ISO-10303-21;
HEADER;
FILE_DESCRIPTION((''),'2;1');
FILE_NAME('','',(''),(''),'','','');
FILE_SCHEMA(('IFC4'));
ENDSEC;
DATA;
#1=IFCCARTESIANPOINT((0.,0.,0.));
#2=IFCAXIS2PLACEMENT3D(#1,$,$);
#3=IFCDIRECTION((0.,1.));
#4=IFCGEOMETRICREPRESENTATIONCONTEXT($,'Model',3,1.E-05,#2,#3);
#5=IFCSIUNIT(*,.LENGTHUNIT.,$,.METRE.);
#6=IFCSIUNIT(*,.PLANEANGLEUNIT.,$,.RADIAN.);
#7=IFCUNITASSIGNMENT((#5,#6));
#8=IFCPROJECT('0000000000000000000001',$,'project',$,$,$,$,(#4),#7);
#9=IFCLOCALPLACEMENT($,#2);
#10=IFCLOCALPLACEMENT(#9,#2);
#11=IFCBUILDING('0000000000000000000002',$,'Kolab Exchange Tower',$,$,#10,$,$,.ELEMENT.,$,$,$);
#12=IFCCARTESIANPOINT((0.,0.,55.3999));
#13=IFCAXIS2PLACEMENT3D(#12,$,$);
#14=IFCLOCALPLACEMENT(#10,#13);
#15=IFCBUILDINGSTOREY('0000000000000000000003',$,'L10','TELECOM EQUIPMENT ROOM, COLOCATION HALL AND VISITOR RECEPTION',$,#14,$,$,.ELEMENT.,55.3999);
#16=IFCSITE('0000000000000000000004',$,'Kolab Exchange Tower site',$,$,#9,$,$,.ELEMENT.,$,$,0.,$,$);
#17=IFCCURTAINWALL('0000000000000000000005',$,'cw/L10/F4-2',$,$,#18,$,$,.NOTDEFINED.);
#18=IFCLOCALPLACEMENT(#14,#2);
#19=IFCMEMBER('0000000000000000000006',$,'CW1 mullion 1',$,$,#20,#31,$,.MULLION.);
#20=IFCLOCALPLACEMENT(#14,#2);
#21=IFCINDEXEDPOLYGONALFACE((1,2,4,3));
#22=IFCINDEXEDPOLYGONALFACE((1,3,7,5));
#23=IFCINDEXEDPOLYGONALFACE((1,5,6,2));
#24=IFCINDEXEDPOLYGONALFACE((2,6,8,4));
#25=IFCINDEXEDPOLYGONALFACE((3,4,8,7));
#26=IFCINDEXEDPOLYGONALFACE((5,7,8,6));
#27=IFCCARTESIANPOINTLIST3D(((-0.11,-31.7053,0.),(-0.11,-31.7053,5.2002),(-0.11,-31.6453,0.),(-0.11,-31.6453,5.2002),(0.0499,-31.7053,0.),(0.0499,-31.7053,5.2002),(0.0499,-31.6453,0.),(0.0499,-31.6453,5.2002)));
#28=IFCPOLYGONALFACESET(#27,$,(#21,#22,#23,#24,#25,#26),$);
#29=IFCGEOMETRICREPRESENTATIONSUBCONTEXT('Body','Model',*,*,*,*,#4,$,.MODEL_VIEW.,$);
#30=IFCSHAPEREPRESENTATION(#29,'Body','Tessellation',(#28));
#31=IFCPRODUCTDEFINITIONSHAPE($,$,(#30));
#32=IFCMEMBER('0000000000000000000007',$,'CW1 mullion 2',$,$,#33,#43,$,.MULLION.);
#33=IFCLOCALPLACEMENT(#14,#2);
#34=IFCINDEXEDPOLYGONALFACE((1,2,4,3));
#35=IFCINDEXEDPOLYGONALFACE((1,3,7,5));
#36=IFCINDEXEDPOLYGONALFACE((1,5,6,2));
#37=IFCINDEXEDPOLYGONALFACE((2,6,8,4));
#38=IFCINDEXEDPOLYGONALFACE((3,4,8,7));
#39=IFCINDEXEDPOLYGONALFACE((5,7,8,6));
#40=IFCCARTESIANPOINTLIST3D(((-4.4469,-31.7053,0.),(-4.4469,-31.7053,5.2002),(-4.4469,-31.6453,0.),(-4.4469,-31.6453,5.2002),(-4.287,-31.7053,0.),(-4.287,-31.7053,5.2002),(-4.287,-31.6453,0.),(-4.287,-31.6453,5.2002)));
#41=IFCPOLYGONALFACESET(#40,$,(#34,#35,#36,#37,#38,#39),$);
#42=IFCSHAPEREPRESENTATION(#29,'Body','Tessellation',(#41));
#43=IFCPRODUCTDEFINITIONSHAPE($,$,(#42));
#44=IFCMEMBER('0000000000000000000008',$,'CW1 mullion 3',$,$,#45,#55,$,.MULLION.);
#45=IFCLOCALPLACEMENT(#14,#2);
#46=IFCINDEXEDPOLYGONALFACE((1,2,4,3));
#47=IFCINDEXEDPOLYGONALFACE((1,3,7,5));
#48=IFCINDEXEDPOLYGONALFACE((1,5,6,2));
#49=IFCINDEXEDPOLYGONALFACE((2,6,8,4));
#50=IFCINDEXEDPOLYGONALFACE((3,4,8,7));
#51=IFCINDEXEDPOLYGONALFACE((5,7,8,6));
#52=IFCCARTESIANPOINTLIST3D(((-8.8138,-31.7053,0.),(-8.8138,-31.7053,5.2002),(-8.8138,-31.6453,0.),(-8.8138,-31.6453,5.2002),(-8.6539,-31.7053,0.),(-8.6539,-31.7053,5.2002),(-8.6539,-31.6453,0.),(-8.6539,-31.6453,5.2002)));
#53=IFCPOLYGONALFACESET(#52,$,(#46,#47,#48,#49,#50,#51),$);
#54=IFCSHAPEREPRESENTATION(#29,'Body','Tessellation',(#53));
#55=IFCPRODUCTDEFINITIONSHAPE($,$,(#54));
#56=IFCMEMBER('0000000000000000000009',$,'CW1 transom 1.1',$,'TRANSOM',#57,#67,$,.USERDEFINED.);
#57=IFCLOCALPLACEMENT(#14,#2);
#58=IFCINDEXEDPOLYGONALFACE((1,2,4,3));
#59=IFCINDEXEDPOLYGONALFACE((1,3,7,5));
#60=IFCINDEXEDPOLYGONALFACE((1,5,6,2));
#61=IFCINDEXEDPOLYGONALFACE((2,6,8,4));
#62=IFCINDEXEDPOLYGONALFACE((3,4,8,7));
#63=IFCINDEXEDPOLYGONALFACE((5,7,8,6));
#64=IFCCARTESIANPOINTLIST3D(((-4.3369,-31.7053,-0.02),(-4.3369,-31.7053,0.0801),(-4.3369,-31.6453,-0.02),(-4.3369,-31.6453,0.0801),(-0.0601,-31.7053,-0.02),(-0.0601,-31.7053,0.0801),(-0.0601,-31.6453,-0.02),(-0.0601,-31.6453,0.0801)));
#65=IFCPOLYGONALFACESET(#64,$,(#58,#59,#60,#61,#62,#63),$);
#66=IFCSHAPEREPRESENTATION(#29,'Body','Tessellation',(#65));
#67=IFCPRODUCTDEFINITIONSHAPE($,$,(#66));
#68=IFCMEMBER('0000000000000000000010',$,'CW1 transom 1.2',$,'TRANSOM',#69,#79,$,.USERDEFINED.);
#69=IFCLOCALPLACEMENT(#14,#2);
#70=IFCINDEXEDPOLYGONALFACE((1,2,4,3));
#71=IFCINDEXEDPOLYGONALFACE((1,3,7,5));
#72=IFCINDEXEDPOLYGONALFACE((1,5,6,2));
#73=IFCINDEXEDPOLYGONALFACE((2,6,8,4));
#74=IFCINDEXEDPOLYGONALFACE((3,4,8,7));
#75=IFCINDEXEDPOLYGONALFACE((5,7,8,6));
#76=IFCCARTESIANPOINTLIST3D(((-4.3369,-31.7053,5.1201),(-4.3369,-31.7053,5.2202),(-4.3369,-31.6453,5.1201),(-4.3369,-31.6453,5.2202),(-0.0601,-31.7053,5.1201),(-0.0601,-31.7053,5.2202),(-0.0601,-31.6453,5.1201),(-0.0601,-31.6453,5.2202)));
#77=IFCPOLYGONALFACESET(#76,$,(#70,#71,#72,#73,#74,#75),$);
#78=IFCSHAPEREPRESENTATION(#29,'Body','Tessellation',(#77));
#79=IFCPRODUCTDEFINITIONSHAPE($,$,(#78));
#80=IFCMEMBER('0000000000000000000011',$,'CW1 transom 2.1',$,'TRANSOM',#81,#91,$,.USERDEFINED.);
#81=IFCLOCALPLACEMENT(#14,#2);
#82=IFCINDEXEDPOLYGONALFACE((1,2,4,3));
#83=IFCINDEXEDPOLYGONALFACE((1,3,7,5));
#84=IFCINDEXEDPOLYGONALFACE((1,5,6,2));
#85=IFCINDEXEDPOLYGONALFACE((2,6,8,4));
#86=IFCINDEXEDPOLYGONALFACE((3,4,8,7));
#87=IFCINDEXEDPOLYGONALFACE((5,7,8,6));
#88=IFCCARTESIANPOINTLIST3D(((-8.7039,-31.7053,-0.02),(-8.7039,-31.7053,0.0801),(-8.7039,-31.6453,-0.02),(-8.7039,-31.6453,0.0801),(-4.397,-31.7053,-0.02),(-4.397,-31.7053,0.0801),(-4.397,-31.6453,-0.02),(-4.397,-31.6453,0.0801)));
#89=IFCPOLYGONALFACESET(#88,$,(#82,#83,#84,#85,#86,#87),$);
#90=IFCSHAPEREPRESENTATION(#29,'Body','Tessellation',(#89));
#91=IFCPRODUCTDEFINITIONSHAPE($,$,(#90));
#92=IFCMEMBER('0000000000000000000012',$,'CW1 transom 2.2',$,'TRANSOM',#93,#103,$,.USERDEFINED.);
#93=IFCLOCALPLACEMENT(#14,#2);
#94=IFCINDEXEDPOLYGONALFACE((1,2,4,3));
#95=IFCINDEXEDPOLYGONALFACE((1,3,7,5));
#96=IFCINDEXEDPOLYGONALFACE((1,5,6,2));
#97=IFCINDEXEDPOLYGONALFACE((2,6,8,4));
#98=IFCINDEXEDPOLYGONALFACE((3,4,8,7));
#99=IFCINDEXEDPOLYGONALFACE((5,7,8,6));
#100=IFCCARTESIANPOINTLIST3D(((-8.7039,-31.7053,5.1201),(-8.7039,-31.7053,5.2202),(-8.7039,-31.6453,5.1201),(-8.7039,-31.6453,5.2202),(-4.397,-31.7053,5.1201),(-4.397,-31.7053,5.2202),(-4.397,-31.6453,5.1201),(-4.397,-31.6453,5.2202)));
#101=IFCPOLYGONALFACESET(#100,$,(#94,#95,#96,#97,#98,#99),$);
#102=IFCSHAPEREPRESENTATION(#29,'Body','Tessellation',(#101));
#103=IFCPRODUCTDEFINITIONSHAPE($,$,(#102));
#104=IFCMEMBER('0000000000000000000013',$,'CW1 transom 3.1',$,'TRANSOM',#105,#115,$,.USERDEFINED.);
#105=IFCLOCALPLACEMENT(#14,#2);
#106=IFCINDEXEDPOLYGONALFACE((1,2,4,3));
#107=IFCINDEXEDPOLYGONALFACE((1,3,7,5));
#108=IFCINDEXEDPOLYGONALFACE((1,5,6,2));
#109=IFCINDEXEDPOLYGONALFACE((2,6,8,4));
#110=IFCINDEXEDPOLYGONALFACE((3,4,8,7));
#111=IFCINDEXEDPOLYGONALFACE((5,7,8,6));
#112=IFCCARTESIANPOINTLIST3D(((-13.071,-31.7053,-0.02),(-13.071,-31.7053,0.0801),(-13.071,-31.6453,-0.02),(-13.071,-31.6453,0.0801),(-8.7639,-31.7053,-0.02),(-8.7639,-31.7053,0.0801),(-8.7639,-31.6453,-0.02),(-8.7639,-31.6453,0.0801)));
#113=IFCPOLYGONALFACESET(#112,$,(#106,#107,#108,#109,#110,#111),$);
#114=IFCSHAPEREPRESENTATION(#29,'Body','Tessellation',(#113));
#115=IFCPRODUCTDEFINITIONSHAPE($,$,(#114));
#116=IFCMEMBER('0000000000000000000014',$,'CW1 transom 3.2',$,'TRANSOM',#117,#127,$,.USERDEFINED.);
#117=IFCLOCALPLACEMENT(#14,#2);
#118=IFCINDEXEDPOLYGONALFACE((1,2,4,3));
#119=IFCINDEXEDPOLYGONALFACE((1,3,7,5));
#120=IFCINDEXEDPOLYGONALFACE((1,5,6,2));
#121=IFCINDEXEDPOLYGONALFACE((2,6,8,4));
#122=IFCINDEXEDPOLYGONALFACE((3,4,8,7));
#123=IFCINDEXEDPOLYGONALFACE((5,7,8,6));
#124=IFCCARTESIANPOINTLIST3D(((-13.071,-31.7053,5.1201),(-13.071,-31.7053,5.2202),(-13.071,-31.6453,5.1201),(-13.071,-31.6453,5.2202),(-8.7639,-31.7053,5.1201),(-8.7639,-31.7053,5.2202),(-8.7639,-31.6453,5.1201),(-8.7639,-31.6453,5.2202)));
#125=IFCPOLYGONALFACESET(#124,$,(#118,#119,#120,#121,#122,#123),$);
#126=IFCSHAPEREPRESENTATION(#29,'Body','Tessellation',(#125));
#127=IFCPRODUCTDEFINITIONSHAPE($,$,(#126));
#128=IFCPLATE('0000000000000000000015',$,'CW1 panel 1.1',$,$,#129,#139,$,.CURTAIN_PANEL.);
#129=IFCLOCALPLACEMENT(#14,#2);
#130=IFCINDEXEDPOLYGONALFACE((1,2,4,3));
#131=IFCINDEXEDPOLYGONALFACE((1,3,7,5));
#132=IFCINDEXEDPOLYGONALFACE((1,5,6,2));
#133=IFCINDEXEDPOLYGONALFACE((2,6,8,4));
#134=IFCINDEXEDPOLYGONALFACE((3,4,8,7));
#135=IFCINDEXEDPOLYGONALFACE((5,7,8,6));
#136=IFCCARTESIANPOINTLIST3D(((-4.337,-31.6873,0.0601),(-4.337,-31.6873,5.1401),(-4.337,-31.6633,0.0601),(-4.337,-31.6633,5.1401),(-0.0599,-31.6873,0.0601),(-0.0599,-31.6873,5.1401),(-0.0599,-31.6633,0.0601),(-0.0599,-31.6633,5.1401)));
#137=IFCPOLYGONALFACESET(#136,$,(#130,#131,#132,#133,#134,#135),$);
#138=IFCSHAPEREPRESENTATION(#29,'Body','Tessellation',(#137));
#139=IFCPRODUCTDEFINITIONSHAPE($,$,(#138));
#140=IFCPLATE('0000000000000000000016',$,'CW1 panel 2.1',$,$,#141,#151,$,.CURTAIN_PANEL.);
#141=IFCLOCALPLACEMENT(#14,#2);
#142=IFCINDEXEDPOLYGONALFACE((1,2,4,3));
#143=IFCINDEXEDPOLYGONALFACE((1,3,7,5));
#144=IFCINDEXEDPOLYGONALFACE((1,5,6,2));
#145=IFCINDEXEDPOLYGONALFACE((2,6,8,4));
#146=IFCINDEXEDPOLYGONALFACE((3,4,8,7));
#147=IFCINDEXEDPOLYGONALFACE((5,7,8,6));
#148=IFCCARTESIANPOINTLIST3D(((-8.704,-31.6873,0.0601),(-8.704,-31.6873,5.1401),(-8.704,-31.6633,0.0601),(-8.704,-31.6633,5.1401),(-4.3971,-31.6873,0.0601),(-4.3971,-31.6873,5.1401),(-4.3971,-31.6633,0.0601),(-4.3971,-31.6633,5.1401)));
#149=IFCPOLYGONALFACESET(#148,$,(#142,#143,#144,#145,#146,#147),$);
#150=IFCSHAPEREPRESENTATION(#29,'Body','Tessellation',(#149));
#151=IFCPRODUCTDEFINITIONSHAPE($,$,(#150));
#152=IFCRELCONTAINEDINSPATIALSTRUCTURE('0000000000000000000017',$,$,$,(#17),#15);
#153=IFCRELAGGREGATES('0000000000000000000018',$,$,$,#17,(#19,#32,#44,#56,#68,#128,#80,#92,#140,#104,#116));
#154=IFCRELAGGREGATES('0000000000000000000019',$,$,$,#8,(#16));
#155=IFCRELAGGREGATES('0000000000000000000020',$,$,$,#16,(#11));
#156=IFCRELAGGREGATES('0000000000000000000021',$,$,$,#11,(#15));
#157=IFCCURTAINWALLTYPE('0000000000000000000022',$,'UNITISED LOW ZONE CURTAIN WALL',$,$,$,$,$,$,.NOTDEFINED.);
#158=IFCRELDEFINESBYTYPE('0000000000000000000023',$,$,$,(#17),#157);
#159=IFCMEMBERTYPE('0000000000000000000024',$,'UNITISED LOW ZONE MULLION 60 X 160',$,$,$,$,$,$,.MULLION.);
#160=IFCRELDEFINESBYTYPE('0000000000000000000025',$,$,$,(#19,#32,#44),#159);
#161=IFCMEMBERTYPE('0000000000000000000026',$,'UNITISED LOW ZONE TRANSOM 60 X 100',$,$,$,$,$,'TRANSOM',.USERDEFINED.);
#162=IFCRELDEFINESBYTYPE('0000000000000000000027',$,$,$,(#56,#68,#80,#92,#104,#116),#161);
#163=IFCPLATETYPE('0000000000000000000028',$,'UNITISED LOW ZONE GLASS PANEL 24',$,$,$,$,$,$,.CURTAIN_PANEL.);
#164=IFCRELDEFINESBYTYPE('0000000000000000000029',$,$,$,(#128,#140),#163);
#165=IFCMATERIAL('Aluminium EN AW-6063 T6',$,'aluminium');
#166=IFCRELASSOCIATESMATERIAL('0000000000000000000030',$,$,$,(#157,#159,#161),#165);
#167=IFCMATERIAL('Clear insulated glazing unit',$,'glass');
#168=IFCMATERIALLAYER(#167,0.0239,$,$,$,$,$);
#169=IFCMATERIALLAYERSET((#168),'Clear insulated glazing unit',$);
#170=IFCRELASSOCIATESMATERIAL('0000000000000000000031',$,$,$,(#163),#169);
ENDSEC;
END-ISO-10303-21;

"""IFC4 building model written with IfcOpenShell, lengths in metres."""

from ifc_helpers import new_model, si_unit, direction, frame, origin, origin_2d, place, context, subcontext, project, spatial, rectangle, extrude, material, layer, layer_set, material_profile, profile_set, type_object, element, aggregate, save


model = new_model("IFC4")

# Units and contexts
model_context = context("Model", 3, precision=1e-05, world=origin(), true_north=direction((0.0, 1.0)))
body_context = subcontext(model_context, "Body", "Model", "MODEL_VIEW")
ifc_project = project(units=[si_unit("LENGTHUNIT", "METRE"), si_unit("PLANEANGLEUNIT", "RADIAN")], contexts=[model_context])

# Site, building, storey
site_placement = place(None, origin())
site = spatial("IfcSite", under=ifc_project, at=site_placement, Name="Kolab Exchange Tower site", CompositionType="ELEMENT", RefElevation=0.0)
building_placement = place(site_placement, origin())
building = spatial("IfcBuilding", under=site, at=building_placement, Name="Kolab Exchange Tower", CompositionType="ELEMENT")
storey_placement = place(building_placement, frame((0.0, 0.0, 55.3999)))
storey = spatial("IfcBuildingStorey", under=building, at=storey_placement, Name="L10", Description="TELECOM EQUIPMENT ROOM, COLOCATION HALL AND VISITOR RECEPTION", CompositionType="ELEMENT", Elevation=55.3999)

# Curtain wall, members, plates
ifc_material_1 = material(Name="Aluminium EN AW-6063 T6", Category="aluminium")
curtain_wall_type = type_object("IfcCurtainWallType", Name="UNITISED LOW ZONE CURTAIN WALL", PredefinedType="NOTDEFINED", material=ifc_material_1)
curtain_wall_placement = place(storey_placement, origin())
curtain_wall = element("IfcCurtainWall", 1, at=curtain_wall_placement, inside=storey, type_object=curtain_wall_type, Name="cw/L10/F4-2", PredefinedType="NOTDEFINED")
ifc_material_profile_1 = material_profile(ifc_material_1, rectangle(XDim=0.0601, YDim=0.1599, at=origin_2d()), Name="RECT 60X160")
ifc_profile_set_1 = profile_set([ifc_material_profile_1], Name="Aluminium EN AW-6063 T6")
member_type_1 = type_object("IfcMemberType", Name="UNITISED LOW ZONE MULLION 60 X 160", PredefinedType="MULLION", material=ifc_profile_set_1)
member_1_placement = place(storey_placement, frame((-0.03, -31.6753, 0.0), z_axis=(0.0, 0.0, 1.0), x_axis=(0.0, -1.0, 0.0)))
member_1 = element("IfcMember", 2, at=member_1_placement, type_object=member_type_1, Name="CW1 mullion 1", PredefinedType="MULLION", context=body_context, shape_type="SweptSolid", body=[
    extrude(rectangle(XDim=0.0601, YDim=0.1599, at=origin_2d()), origin(), (0.0, 0.0, 1.0), 5.2002),
])
member_2_placement = place(storey_placement, frame((-4.3669, -31.6753, 0.0), z_axis=(0.0, 0.0, 1.0), x_axis=(0.0, -1.0, 0.0)))
member_2 = element("IfcMember", 3, at=member_2_placement, type_object=member_type_1, Name="CW1 mullion 2", PredefinedType="MULLION", context=body_context, shape_type="SweptSolid", body=[
    extrude(rectangle(XDim=0.0601, YDim=0.1599, at=origin_2d()), origin(), (0.0, 0.0, 1.0), 5.2002),
])
member_3_placement = place(storey_placement, frame((-8.7339, -31.6753, 0.0), z_axis=(0.0, 0.0, 1.0), x_axis=(0.0, -1.0, 0.0)))
member_3 = element("IfcMember", 4, at=member_3_placement, type_object=member_type_1, Name="CW1 mullion 3", PredefinedType="MULLION", context=body_context, shape_type="SweptSolid", body=[
    extrude(rectangle(XDim=0.0601, YDim=0.1599, at=origin_2d()), origin(), (0.0, 0.0, 1.0), 5.2002),
])
ifc_material_profile_2 = material_profile(ifc_material_1, rectangle(XDim=0.0601, YDim=0.1001, at=origin_2d()), Name="RECT 60X100")
ifc_profile_set_2 = profile_set([ifc_material_profile_2], Name="Aluminium EN AW-6063 T6")
member_type_2 = type_object("IfcMemberType", Name="UNITISED LOW ZONE TRANSOM 60 X 100", ElementType="TRANSOM", PredefinedType="USERDEFINED", material=ifc_profile_set_2)
member_4_placement = place(storey_placement, frame((-0.0601, -31.6753, 0.03), z_axis=(-1.0, 0.0, 0.0), x_axis=(0.0, -1.0, 0.0)))
member_4 = element("IfcMember", 5, at=member_4_placement, type_object=member_type_2, Name="CW1 transom 1.1", ObjectType="TRANSOM", PredefinedType="USERDEFINED", context=body_context, shape_type="SweptSolid", body=[
    extrude(rectangle(XDim=0.0601, YDim=0.1001, at=origin_2d()), origin(), (0.0, 0.0, 1.0), 4.2769),
])
member_5_placement = place(storey_placement, frame((-0.0601, -31.6753, 5.1702), z_axis=(-1.0, 0.0, 0.0), x_axis=(0.0, -1.0, 0.0)))
member_5 = element("IfcMember", 6, at=member_5_placement, type_object=member_type_2, Name="CW1 transom 1.2", ObjectType="TRANSOM", PredefinedType="USERDEFINED", context=body_context, shape_type="SweptSolid", body=[
    extrude(rectangle(XDim=0.0601, YDim=0.1001, at=origin_2d()), origin(), (0.0, 0.0, 1.0), 4.2769),
])
member_6_placement = place(storey_placement, frame((-4.397, -31.6753, 0.03), z_axis=(-1.0, 0.0, 0.0), x_axis=(0.0, -1.0, 0.0)))
member_6 = element("IfcMember", 7, at=member_6_placement, type_object=member_type_2, Name="CW1 transom 2.1", ObjectType="TRANSOM", PredefinedType="USERDEFINED", context=body_context, shape_type="SweptSolid", body=[
    extrude(rectangle(XDim=0.0601, YDim=0.1001, at=origin_2d()), origin(), (0.0, 0.0, 1.0), 4.3069),
])
member_7_placement = place(storey_placement, frame((-4.397, -31.6753, 5.1702), z_axis=(-1.0, 0.0, 0.0), x_axis=(0.0, -1.0, 0.0)))
member_7 = element("IfcMember", 8, at=member_7_placement, type_object=member_type_2, Name="CW1 transom 2.2", ObjectType="TRANSOM", PredefinedType="USERDEFINED", context=body_context, shape_type="SweptSolid", body=[
    extrude(rectangle(XDim=0.0601, YDim=0.1001, at=origin_2d()), origin(), (0.0, 0.0, 1.0), 4.3069),
])
member_8_placement = place(storey_placement, frame((-8.7639, -31.6753, 0.03), z_axis=(-1.0, 0.0, 0.0), x_axis=(0.0, -1.0, 0.0)))
member_8 = element("IfcMember", 9, at=member_8_placement, type_object=member_type_2, Name="CW1 transom 3.1", ObjectType="TRANSOM", PredefinedType="USERDEFINED", context=body_context, shape_type="SweptSolid", body=[
    extrude(rectangle(XDim=0.0601, YDim=0.1001, at=origin_2d()), origin(), (0.0, 0.0, 1.0), 4.3071),
])
member_9_placement = place(storey_placement, frame((-8.7639, -31.6753, 5.1702), z_axis=(-1.0, 0.0, 0.0), x_axis=(0.0, -1.0, 0.0)))
member_9 = element("IfcMember", 10, at=member_9_placement, type_object=member_type_2, Name="CW1 transom 3.2", ObjectType="TRANSOM", PredefinedType="USERDEFINED", context=body_context, shape_type="SweptSolid", body=[
    extrude(rectangle(XDim=0.0601, YDim=0.1001, at=origin_2d()), origin(), (0.0, 0.0, 1.0), 4.3071),
])
ifc_material_2 = material(Name="Clear insulated glazing unit", Category="glass")
ifc_layer = layer(ifc_material_2, 0.0239)
ifc_layer_set = layer_set([ifc_layer], Name="Clear insulated glazing unit")
plate_type = type_object("IfcPlateType", Name="UNITISED LOW ZONE GLASS PANEL 24", PredefinedType="CURTAIN_PANEL", material=ifc_layer_set)
plate_1_placement = place(storey_placement, frame((-2.1985, -31.6753, 0.0601), z_axis=(0.0, 0.0, 1.0), x_axis=(-1.0, 0.0, 0.0)))
plate_1 = element("IfcPlate", 11, at=plate_1_placement, type_object=plate_type, Name="CW1 panel 1.1", PredefinedType="CURTAIN_PANEL", context=body_context, shape_type="SweptSolid", body=[
    extrude(rectangle(XDim=4.2771, YDim=0.0239, at=origin_2d()), origin(), (0.0, 0.0, 1.0), 5.0801),
])
plate_2_placement = place(storey_placement, frame((-6.5505, -31.6753, 0.0601), z_axis=(0.0, 0.0, 1.0), x_axis=(-1.0, 0.0, 0.0)))
plate_2 = element("IfcPlate", 12, at=plate_2_placement, type_object=plate_type, Name="CW1 panel 2.1", PredefinedType="CURTAIN_PANEL", context=body_context, shape_type="SweptSolid", body=[
    extrude(rectangle(XDim=4.3069, YDim=0.0239, at=origin_2d()), origin(), (0.0, 0.0, 1.0), 5.0801),
])
aggregate(curtain_wall, [member_1, member_2, member_3, member_4, member_5, plate_1, member_6, member_7, plate_2, member_8, member_9])

save(model, "model.ifc")
